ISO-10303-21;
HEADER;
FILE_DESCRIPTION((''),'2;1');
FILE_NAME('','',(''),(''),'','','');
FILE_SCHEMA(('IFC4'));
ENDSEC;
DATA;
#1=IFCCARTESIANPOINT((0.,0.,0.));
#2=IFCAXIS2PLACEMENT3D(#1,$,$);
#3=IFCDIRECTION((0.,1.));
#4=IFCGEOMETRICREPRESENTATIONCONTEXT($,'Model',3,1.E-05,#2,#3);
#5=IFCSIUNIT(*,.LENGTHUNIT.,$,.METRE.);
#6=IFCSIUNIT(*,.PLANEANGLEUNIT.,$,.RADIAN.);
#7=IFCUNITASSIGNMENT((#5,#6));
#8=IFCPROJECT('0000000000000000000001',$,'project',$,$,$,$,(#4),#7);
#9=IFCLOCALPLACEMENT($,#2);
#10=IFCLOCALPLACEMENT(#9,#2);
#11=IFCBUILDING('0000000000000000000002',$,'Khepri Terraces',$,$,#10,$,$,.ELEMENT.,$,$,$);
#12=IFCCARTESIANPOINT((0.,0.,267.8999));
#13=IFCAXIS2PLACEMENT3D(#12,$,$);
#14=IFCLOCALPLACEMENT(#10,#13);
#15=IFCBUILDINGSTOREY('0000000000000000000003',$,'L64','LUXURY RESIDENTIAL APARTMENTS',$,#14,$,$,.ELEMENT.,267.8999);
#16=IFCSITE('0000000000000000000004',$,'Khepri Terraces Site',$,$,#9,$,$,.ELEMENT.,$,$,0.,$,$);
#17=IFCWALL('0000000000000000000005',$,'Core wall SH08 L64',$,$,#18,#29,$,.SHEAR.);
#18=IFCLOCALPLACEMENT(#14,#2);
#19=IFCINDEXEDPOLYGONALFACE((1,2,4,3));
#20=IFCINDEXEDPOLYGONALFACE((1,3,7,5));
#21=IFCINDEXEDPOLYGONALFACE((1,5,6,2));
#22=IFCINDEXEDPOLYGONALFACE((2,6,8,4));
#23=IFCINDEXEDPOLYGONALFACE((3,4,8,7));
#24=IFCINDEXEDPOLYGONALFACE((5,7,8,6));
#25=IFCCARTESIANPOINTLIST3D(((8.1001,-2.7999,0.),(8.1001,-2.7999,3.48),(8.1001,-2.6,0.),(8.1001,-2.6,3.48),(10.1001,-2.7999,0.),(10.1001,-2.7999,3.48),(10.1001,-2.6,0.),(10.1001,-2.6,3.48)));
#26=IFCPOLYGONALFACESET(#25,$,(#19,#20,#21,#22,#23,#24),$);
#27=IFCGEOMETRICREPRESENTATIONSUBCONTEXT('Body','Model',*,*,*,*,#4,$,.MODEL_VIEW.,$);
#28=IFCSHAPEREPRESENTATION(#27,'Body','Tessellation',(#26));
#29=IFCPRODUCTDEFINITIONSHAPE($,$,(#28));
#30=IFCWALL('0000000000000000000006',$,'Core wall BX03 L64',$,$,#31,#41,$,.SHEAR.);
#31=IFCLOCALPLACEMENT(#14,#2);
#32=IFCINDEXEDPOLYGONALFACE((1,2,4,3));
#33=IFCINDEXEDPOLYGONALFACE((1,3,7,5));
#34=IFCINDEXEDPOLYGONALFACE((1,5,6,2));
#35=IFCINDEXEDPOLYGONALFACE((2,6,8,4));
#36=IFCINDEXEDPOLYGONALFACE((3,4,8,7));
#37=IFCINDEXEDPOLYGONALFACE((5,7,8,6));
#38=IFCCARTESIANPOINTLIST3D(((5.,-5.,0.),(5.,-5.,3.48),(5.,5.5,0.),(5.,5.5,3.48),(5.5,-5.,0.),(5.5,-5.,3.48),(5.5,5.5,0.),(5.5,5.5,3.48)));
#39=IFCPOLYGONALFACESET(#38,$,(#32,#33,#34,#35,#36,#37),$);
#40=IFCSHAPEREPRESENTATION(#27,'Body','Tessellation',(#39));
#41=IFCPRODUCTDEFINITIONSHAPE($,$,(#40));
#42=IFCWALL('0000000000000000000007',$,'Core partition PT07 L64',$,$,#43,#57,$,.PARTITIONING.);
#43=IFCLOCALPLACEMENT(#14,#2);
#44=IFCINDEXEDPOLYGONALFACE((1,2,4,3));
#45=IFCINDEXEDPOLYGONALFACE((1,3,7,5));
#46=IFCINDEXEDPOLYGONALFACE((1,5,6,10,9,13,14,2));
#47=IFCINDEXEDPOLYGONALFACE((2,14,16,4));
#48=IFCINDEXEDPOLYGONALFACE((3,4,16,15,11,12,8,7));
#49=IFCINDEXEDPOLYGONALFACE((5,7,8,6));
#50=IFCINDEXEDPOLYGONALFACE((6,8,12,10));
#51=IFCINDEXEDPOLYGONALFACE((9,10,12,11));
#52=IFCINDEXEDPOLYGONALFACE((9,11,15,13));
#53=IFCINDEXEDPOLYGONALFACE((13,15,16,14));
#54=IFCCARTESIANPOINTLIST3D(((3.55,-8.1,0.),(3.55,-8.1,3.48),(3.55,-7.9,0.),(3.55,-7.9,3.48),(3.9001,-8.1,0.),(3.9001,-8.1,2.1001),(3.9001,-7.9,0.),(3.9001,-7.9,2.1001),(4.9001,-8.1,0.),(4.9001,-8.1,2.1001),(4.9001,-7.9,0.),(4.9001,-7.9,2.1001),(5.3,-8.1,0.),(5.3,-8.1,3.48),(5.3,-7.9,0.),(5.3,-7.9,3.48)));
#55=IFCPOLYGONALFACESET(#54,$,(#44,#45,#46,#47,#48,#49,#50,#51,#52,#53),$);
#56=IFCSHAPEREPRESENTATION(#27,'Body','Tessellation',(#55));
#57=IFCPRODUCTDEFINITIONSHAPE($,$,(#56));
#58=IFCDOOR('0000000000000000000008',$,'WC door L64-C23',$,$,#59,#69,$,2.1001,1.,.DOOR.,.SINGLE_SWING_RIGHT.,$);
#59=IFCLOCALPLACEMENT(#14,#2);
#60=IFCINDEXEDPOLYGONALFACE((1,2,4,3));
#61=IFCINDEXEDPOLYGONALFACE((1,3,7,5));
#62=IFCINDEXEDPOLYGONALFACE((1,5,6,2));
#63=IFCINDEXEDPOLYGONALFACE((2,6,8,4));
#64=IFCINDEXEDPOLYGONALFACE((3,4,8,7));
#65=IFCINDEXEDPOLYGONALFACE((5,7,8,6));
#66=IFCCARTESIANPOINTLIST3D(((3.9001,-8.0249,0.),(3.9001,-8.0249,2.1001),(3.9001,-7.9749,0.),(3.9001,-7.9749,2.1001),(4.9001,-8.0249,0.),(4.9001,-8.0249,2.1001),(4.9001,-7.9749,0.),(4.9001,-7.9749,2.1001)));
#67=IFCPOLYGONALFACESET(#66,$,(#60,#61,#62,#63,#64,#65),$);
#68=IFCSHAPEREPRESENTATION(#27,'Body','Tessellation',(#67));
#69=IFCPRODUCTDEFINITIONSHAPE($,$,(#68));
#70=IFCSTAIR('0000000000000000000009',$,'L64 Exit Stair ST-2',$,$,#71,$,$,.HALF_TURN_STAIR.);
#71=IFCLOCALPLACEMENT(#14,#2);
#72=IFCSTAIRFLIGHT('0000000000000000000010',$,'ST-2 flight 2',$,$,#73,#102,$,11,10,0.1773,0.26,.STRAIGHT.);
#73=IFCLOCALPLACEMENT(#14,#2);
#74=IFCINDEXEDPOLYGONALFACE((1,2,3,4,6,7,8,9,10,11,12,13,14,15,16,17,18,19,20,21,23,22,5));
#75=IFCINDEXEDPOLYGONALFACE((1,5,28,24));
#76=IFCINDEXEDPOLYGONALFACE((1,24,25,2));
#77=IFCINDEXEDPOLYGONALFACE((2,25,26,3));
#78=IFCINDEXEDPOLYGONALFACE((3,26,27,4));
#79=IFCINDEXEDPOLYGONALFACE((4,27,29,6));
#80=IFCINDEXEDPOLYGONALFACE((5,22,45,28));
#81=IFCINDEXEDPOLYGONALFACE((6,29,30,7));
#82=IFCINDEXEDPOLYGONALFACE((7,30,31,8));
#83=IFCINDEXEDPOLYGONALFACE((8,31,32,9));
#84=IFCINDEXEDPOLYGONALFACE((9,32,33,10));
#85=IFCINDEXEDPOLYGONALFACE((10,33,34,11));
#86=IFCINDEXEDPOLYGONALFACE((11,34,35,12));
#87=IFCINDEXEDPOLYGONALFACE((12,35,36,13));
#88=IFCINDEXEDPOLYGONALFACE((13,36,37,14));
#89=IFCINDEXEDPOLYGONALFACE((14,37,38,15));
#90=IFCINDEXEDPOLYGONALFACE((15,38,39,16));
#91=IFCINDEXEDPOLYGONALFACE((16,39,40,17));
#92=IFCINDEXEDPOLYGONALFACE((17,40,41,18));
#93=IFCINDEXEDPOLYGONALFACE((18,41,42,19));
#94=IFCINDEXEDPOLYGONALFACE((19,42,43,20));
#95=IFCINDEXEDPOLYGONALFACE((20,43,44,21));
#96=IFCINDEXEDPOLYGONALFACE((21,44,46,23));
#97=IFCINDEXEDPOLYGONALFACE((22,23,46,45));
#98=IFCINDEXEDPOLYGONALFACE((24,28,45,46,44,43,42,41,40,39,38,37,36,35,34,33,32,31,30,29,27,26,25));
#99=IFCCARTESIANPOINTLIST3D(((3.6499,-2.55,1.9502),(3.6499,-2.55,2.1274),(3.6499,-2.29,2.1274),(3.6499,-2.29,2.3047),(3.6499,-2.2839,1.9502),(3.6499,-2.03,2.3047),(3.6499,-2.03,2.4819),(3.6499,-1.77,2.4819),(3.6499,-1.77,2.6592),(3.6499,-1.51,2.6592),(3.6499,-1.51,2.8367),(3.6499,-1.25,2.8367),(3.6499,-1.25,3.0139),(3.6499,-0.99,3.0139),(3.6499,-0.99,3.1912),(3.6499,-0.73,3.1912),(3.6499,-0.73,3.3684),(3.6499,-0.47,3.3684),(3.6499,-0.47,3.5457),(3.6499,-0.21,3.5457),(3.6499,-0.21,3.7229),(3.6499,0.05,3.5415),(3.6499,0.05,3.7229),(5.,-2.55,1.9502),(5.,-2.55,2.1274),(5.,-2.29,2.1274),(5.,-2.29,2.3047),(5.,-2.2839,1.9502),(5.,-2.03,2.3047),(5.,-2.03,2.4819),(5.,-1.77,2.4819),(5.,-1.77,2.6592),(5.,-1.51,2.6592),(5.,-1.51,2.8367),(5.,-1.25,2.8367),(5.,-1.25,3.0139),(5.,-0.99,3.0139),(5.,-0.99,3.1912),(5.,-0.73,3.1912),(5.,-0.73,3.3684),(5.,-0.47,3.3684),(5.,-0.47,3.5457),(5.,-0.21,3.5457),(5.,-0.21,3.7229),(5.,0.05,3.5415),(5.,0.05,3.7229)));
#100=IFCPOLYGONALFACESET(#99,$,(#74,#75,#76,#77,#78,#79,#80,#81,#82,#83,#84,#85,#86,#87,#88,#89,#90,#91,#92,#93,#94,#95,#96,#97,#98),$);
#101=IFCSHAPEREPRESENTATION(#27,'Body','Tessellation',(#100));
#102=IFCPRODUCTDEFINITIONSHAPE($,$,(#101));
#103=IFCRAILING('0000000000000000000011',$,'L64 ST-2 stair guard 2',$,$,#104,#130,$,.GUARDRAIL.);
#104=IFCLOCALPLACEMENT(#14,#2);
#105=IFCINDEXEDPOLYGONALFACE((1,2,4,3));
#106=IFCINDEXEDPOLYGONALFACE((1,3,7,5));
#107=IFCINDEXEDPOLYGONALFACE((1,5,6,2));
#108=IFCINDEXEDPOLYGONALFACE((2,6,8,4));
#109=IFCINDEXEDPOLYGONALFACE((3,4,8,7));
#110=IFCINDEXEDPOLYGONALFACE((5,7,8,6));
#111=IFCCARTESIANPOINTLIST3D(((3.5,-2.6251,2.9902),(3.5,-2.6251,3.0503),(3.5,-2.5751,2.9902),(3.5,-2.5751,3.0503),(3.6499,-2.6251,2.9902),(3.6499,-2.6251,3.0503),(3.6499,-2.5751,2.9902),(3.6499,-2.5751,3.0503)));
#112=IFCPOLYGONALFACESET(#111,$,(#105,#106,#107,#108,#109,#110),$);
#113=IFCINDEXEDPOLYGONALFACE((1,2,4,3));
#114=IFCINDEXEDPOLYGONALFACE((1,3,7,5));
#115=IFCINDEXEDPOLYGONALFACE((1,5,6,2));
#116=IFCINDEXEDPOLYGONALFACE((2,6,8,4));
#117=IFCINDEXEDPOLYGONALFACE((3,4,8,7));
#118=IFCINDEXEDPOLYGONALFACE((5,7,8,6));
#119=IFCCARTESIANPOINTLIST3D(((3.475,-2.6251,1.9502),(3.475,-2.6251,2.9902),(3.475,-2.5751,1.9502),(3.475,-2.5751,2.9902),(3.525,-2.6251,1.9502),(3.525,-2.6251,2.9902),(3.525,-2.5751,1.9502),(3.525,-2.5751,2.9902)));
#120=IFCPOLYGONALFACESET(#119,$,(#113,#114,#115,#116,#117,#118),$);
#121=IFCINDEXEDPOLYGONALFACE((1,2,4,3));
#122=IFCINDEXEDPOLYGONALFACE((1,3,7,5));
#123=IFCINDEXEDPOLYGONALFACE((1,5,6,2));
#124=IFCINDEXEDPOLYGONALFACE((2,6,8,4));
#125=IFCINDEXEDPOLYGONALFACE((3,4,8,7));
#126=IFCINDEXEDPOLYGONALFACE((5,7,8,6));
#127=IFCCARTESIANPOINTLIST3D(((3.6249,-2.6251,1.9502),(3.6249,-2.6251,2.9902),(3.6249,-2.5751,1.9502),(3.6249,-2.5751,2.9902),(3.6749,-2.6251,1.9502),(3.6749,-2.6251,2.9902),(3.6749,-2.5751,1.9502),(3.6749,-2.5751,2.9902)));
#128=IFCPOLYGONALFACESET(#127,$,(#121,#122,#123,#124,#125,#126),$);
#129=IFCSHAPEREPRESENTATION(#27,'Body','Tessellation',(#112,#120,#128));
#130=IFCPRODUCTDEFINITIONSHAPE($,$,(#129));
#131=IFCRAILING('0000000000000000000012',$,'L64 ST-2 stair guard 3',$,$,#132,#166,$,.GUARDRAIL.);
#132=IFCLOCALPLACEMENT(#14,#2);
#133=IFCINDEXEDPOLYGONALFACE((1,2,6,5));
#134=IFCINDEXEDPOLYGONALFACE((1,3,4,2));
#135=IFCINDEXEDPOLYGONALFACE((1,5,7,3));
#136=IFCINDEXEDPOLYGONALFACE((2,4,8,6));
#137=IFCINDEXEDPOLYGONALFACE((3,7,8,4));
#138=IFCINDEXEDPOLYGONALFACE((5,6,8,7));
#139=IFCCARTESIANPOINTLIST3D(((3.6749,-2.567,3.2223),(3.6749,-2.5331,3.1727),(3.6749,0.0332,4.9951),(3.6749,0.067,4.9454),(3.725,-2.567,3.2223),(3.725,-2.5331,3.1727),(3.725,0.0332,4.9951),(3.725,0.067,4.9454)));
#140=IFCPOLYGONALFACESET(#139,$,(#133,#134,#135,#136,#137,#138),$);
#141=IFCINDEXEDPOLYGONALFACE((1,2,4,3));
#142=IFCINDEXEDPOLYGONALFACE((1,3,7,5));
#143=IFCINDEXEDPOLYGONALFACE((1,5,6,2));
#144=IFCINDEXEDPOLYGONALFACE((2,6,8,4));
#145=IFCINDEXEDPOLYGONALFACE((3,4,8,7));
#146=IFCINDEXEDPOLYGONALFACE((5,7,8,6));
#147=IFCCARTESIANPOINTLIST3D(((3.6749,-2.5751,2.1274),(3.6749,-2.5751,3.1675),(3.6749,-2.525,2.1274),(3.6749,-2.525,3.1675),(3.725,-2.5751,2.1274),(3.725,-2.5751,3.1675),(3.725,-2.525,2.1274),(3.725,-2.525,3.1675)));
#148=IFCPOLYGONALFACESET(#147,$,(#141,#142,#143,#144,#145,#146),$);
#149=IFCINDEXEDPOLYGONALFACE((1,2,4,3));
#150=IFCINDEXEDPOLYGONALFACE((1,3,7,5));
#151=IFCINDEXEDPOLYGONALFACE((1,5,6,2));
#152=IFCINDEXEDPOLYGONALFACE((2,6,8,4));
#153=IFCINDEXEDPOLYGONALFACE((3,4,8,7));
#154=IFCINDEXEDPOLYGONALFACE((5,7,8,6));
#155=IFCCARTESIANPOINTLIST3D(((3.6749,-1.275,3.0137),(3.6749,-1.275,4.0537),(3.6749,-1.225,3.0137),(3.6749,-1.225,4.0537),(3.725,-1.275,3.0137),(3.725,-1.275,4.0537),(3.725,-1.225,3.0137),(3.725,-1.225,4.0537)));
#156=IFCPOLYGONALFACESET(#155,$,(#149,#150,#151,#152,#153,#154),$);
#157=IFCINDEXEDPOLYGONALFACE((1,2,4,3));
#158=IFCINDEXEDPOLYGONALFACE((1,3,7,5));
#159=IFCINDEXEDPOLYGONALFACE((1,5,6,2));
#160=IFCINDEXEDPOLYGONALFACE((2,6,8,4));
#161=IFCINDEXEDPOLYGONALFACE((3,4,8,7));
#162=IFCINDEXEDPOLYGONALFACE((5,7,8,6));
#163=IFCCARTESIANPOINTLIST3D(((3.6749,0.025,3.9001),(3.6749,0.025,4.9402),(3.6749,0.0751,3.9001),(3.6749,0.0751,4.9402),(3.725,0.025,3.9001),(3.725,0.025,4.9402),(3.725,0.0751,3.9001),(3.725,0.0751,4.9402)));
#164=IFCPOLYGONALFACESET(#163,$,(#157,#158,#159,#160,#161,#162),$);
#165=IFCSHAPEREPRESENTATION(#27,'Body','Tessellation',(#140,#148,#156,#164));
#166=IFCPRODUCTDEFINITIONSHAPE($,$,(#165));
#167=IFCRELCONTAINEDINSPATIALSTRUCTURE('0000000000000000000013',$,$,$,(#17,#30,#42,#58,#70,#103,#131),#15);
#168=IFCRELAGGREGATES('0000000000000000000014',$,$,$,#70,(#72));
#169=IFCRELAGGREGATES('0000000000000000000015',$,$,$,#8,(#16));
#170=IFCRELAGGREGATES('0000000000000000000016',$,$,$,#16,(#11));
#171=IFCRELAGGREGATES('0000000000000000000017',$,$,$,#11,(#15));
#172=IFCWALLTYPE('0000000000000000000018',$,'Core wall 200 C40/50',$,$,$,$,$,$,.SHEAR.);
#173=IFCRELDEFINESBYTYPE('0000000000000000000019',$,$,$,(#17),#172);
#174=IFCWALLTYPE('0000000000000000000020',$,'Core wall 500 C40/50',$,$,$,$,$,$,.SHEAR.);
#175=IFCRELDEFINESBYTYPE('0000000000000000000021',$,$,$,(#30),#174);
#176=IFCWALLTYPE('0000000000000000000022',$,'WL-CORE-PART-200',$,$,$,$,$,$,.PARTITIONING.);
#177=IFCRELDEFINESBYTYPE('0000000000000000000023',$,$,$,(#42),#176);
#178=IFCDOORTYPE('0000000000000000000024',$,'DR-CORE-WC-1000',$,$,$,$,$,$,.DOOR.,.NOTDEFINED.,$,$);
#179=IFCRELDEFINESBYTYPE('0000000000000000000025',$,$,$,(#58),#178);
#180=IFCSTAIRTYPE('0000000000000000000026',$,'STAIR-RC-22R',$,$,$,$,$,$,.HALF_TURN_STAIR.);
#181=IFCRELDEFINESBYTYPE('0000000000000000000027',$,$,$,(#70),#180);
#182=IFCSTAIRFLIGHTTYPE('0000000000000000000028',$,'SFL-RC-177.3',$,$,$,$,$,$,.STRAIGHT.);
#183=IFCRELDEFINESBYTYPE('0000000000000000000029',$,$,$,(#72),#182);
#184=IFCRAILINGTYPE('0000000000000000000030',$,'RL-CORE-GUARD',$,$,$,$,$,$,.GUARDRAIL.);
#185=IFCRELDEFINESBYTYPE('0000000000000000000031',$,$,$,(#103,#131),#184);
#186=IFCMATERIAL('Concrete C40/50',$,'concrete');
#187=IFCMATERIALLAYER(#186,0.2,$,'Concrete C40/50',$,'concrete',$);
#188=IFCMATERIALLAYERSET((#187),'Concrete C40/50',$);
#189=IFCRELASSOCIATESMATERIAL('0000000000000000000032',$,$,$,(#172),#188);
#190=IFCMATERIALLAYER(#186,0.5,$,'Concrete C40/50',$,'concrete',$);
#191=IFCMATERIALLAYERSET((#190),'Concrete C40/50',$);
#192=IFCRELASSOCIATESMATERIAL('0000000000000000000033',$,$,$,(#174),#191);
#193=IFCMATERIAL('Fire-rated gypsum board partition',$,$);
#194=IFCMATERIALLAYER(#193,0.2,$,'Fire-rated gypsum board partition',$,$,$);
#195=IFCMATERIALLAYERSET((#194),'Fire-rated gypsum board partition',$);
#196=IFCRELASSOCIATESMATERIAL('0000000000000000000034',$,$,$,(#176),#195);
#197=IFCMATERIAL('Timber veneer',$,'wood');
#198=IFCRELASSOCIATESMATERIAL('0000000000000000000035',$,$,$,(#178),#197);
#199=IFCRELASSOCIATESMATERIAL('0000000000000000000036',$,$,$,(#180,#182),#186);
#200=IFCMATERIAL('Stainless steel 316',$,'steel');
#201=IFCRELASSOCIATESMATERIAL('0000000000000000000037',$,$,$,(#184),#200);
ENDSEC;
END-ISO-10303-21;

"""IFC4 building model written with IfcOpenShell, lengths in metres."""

from ifc_helpers import new_model, si_unit, direction, frame, frame_2d, origin, origin_2d, place, context, subcontext, project, spatial, polyline, rectangle, outline, extrude, material, layer, layer_set, type_object, element, fill, aggregate, save


model = new_model("IFC4")

# Units and contexts
model_context = context("Model", 3, precision=1e-05, world=origin(), true_north=direction((0.0, 1.0)))
body_context = subcontext(model_context, "Body", "Model", "MODEL_VIEW")
ifc_project = project(units=[si_unit("LENGTHUNIT", "METRE"), si_unit("PLANEANGLEUNIT", "RADIAN")], contexts=[model_context])

# Site, building, storey
site_placement = place(None, origin())
site = spatial("IfcSite", under=ifc_project, at=site_placement, Name="Khepri Terraces Site", CompositionType="ELEMENT", RefElevation=0.0)
building_placement = place(site_placement, origin())
building = spatial("IfcBuilding", under=site, at=building_placement, Name="Khepri Terraces", CompositionType="ELEMENT")
storey_placement = place(building_placement, frame((0.0, 0.0, 267.8999)))
storey = spatial("IfcBuildingStorey", under=building, at=storey_placement, Name="L64", Description="LUXURY RESIDENTIAL APARTMENTS", CompositionType="ELEMENT", Elevation=267.8999)

# Shared definitions
ifc_material_1 = material(Name="Concrete C40/50", Category="concrete")
ifc_layer_1 = layer(ifc_material_1, 0.2, Name="Concrete C40/50", Category="concrete")
ifc_layer_set_1 = layer_set([ifc_layer_1], Name="Concrete C40/50")
wall_type_1 = type_object("IfcWallType", Name="Core wall 200 C40/50", PredefinedType="SHEAR", material=ifc_layer_set_1)

# Walls
for number, where, z_axis, x_axis, name in (
    (1, (8.1001, -2.7, 0.0), (0.0, 0.0, 1.0), (1.0, 0.0, 0.0), "Core wall SH08 L64"),
):
    element("IfcWall", number, at=place(storey_placement, frame(where, z_axis=z_axis, x_axis=x_axis)), inside=storey, type_object=wall_type_1, Name=name, PredefinedType="SHEAR", context=body_context, shape_type="SweptSolid", body=[
        extrude(rectangle(XDim=2.0, YDim=0.2, at=frame_2d((1.0, 0.0))), origin(), (0.0, 0.0, 1.0), 3.48),
    ])
ifc_layer_2 = layer(ifc_material_1, 0.5, Name="Concrete C40/50", Category="concrete")
ifc_layer_set_2 = layer_set([ifc_layer_2], Name="Concrete C40/50")
wall_type_2 = type_object("IfcWallType", Name="Core wall 500 C40/50", PredefinedType="SHEAR", material=ifc_layer_set_2)
wall_1_placement = place(storey_placement, frame((5.25, -5.0, 0.0), z_axis=(0.0, 0.0, 1.0), x_axis=(0.0, 1.0, 0.0)))
element("IfcWall", 2, at=wall_1_placement, inside=storey, type_object=wall_type_2, Name="Core wall BX03 L64", PredefinedType="SHEAR", context=body_context, shape_type="SweptSolid", body=[
    extrude(rectangle(XDim=10.5, YDim=0.5, at=frame_2d((5.25, 0.0))), origin(), (0.0, 0.0, 1.0), 3.48),
])

# Wall, opening, door
ifc_material_2 = material(Name="Fire-rated gypsum board partition")
ifc_layer_3 = layer(ifc_material_2, 0.2, Name="Fire-rated gypsum board partition")
ifc_layer_set_3 = layer_set([ifc_layer_3], Name="Fire-rated gypsum board partition")
wall_type_3 = type_object("IfcWallType", Name="WL-CORE-PART-200", PredefinedType="PARTITIONING", material=ifc_layer_set_3)
wall_2_placement = place(storey_placement, frame((3.55, -8.0, 0.0), z_axis=(0.0, 0.0, 1.0), x_axis=(1.0, 0.0, 0.0)))
wall_2 = element("IfcWall", 3, at=wall_2_placement, inside=storey, type_object=wall_type_3, Name="Core partition PT07 L64", PredefinedType="PARTITIONING", context=body_context, shape_type="SweptSolid", body=[
    extrude(rectangle(XDim=1.75, YDim=0.2, at=frame_2d((0.875, 0.0))), origin(), (0.0, 0.0, 1.0), 3.48),
])
opening_1_placement = place(wall_2_placement, frame((0.3501, 0.0, 0.0)))
opening_1 = element("IfcOpeningElement", 4, at=opening_1_placement, cuts=wall_2, PredefinedType="OPENING", context=body_context, shape_type="SweptSolid", body=[
    extrude(rectangle(XDim=1.0, YDim=2.1001, at=frame_2d((0.5, 1.05))), frame((0.0, 0.1099, 0.0), z_axis=(0.0, -1.0, 0.0), x_axis=(1.0, 0.0, 0.0)), (0.0, 0.0, 1.0), 0.22),
])
ifc_material_3 = material(Name="Timber veneer", Category="wood")
door_type_1 = type_object("IfcDoorType", Name="DR-CORE-WC-1000", OperationType="NOTDEFINED", PredefinedType="DOOR", material=ifc_material_3)
door_1_placement = place(opening_1_placement, frame((1.0, 0.0, 0.0), z_axis=(0.0, 0.0, 1.0), x_axis=(-1.0, 0.0, 0.0)))
door_1 = element("IfcDoor", 5, at=door_1_placement, inside=storey, type_object=door_type_1, Name="WC door L64-C23", OperationType="SINGLE_SWING_RIGHT", OverallHeight=2.1001, OverallWidth=1.0, PredefinedType="DOOR", context=body_context, shape_type="SweptSolid", body=[
    extrude(rectangle(XDim=1.0, YDim=2.1001, at=frame_2d((0.5, 1.05))), frame((0.0, 0.0249, 0.0), z_axis=(0.0, -1.0, 0.0), x_axis=(1.0, 0.0, 0.0)), (0.0, 0.0, 1.0), 0.05),
])
fill(opening_1, door_1)

# Stair, stair flight
stair_type = type_object("IfcStairType", Name="STAIR-RC-22R", PredefinedType="HALF_TURN_STAIR", material=ifc_material_1)
stair_placement = place(storey_placement, origin())
stair = element("IfcStair", 6, at=stair_placement, inside=storey, type_object=stair_type, Name="L64 Exit Stair ST-2", PredefinedType="HALF_TURN_STAIR")
stair_flight_type = type_object("IfcStairFlightType", Name="SFL-RC-177.3", PredefinedType="STRAIGHT", material=ifc_material_1)
stair_flight_placement = place(storey_placement, frame((4.325, -2.55, 1.9502), z_axis=(0.0, 0.0, 1.0), x_axis=(0.0, 1.0, 0.0)))
stair_flight = element("IfcStairFlight", 7, at=stair_flight_placement, type_object=stair_flight_type, Name="ST-2 flight 2", NumberOfRisers=11, NumberOfTreads=10, PredefinedType="STRAIGHT", RiserHeight=0.1773, TreadLength=0.26, context=body_context, shape_type="SweptSolid", body=[
    extrude(outline(polyline([(0.0, 0.0), (0.0, 0.1772), (0.26, 0.1772), (0.26, 0.3545), (0.52, 0.3545), (0.52, 0.5317), (0.78, 0.5317), (0.78, 0.709), (1.04, 0.709), (1.04, 0.8865), (1.3, 0.8865), (1.3, 1.0637), (1.5601, 1.0637), (1.5601, 1.241), (1.8201, 1.241), (1.8201, 1.4182), (2.0801, 1.4182), (2.0801, 1.5955), (2.3401, 1.5955), (2.3401, 1.7727), (2.6001, 1.7727), (2.6001, 1.95), (2.6001, 1.5913), (0.2661, 0.0), (0.0, 0.0)])), frame((0.0, 0.675, 0.0), z_axis=(0.0, -1.0, 0.0), x_axis=(1.0, 0.0, 0.0)), (0.0, 0.0, 1.0), 1.3501),
])
aggregate(stair, [stair_flight])

# Railings
ifc_material_4 = material(Name="Stainless steel 316", Category="steel")
railing_type_1 = type_object("IfcRailingType", Name="RL-CORE-GUARD", PredefinedType="GUARDRAIL", material=ifc_material_4)
railing_1_placement = place(storey_placement, frame((3.5, -2.6001, 1.9502)))
element("IfcRailing", 8, at=railing_1_placement, inside=storey, type_object=railing_type_1, Name="L64 ST-2 stair guard 2", PredefinedType="GUARDRAIL", context=body_context, shape_type="SweptSolid", body=[
    extrude(rectangle(XDim=0.05, YDim=0.0601, at=origin_2d()), frame((0.0, 0.0, 1.0701), z_axis=(1.0, 0.0, 0.0), x_axis=(0.0, 1.0, 0.0)), (0.0, 0.0, 1.0), 0.1499),
    extrude(rectangle(XDim=0.05, YDim=0.05, at=origin_2d()), origin(), (0.0, 0.0, 1.0), 1.04),
    extrude(rectangle(XDim=0.05, YDim=0.05, at=origin_2d()), frame((0.1499, 0.0, 0.0)), (0.0, 0.0, 1.0), 1.04),
])
railing_2_placement = place(storey_placement, frame((3.7, -2.55, 2.1274)))
element("IfcRailing", 9, at=railing_2_placement, inside=storey, type_object=railing_type_1, Name="L64 ST-2 stair guard 3", PredefinedType="GUARDRAIL", context=body_context, shape_type="SweptSolid", body=[
    extrude(rectangle(XDim=0.05, YDim=0.0601, at=origin_2d()), frame((0.0, 0.0, 1.0701), z_axis=(0.0, 0.82624, 0.563318), x_axis=(-1.0, 0.0, 0.0)), (0.0, 0.0, 1.0), 3.147),
    extrude(rectangle(XDim=0.05, YDim=0.05, at=origin_2d()), origin(), (0.0, 0.0, 1.0), 1.04),
    extrude(rectangle(XDim=0.05, YDim=0.05, at=origin_2d()), frame((0.0, 1.3, 0.8862)), (0.0, 0.0, 1.0), 1.04),
    extrude(rectangle(XDim=0.05, YDim=0.05, at=origin_2d()), frame((0.0, 2.6001, 1.7727)), (0.0, 0.0, 1.0), 1.04),
])

save(model, "model.ifc")
